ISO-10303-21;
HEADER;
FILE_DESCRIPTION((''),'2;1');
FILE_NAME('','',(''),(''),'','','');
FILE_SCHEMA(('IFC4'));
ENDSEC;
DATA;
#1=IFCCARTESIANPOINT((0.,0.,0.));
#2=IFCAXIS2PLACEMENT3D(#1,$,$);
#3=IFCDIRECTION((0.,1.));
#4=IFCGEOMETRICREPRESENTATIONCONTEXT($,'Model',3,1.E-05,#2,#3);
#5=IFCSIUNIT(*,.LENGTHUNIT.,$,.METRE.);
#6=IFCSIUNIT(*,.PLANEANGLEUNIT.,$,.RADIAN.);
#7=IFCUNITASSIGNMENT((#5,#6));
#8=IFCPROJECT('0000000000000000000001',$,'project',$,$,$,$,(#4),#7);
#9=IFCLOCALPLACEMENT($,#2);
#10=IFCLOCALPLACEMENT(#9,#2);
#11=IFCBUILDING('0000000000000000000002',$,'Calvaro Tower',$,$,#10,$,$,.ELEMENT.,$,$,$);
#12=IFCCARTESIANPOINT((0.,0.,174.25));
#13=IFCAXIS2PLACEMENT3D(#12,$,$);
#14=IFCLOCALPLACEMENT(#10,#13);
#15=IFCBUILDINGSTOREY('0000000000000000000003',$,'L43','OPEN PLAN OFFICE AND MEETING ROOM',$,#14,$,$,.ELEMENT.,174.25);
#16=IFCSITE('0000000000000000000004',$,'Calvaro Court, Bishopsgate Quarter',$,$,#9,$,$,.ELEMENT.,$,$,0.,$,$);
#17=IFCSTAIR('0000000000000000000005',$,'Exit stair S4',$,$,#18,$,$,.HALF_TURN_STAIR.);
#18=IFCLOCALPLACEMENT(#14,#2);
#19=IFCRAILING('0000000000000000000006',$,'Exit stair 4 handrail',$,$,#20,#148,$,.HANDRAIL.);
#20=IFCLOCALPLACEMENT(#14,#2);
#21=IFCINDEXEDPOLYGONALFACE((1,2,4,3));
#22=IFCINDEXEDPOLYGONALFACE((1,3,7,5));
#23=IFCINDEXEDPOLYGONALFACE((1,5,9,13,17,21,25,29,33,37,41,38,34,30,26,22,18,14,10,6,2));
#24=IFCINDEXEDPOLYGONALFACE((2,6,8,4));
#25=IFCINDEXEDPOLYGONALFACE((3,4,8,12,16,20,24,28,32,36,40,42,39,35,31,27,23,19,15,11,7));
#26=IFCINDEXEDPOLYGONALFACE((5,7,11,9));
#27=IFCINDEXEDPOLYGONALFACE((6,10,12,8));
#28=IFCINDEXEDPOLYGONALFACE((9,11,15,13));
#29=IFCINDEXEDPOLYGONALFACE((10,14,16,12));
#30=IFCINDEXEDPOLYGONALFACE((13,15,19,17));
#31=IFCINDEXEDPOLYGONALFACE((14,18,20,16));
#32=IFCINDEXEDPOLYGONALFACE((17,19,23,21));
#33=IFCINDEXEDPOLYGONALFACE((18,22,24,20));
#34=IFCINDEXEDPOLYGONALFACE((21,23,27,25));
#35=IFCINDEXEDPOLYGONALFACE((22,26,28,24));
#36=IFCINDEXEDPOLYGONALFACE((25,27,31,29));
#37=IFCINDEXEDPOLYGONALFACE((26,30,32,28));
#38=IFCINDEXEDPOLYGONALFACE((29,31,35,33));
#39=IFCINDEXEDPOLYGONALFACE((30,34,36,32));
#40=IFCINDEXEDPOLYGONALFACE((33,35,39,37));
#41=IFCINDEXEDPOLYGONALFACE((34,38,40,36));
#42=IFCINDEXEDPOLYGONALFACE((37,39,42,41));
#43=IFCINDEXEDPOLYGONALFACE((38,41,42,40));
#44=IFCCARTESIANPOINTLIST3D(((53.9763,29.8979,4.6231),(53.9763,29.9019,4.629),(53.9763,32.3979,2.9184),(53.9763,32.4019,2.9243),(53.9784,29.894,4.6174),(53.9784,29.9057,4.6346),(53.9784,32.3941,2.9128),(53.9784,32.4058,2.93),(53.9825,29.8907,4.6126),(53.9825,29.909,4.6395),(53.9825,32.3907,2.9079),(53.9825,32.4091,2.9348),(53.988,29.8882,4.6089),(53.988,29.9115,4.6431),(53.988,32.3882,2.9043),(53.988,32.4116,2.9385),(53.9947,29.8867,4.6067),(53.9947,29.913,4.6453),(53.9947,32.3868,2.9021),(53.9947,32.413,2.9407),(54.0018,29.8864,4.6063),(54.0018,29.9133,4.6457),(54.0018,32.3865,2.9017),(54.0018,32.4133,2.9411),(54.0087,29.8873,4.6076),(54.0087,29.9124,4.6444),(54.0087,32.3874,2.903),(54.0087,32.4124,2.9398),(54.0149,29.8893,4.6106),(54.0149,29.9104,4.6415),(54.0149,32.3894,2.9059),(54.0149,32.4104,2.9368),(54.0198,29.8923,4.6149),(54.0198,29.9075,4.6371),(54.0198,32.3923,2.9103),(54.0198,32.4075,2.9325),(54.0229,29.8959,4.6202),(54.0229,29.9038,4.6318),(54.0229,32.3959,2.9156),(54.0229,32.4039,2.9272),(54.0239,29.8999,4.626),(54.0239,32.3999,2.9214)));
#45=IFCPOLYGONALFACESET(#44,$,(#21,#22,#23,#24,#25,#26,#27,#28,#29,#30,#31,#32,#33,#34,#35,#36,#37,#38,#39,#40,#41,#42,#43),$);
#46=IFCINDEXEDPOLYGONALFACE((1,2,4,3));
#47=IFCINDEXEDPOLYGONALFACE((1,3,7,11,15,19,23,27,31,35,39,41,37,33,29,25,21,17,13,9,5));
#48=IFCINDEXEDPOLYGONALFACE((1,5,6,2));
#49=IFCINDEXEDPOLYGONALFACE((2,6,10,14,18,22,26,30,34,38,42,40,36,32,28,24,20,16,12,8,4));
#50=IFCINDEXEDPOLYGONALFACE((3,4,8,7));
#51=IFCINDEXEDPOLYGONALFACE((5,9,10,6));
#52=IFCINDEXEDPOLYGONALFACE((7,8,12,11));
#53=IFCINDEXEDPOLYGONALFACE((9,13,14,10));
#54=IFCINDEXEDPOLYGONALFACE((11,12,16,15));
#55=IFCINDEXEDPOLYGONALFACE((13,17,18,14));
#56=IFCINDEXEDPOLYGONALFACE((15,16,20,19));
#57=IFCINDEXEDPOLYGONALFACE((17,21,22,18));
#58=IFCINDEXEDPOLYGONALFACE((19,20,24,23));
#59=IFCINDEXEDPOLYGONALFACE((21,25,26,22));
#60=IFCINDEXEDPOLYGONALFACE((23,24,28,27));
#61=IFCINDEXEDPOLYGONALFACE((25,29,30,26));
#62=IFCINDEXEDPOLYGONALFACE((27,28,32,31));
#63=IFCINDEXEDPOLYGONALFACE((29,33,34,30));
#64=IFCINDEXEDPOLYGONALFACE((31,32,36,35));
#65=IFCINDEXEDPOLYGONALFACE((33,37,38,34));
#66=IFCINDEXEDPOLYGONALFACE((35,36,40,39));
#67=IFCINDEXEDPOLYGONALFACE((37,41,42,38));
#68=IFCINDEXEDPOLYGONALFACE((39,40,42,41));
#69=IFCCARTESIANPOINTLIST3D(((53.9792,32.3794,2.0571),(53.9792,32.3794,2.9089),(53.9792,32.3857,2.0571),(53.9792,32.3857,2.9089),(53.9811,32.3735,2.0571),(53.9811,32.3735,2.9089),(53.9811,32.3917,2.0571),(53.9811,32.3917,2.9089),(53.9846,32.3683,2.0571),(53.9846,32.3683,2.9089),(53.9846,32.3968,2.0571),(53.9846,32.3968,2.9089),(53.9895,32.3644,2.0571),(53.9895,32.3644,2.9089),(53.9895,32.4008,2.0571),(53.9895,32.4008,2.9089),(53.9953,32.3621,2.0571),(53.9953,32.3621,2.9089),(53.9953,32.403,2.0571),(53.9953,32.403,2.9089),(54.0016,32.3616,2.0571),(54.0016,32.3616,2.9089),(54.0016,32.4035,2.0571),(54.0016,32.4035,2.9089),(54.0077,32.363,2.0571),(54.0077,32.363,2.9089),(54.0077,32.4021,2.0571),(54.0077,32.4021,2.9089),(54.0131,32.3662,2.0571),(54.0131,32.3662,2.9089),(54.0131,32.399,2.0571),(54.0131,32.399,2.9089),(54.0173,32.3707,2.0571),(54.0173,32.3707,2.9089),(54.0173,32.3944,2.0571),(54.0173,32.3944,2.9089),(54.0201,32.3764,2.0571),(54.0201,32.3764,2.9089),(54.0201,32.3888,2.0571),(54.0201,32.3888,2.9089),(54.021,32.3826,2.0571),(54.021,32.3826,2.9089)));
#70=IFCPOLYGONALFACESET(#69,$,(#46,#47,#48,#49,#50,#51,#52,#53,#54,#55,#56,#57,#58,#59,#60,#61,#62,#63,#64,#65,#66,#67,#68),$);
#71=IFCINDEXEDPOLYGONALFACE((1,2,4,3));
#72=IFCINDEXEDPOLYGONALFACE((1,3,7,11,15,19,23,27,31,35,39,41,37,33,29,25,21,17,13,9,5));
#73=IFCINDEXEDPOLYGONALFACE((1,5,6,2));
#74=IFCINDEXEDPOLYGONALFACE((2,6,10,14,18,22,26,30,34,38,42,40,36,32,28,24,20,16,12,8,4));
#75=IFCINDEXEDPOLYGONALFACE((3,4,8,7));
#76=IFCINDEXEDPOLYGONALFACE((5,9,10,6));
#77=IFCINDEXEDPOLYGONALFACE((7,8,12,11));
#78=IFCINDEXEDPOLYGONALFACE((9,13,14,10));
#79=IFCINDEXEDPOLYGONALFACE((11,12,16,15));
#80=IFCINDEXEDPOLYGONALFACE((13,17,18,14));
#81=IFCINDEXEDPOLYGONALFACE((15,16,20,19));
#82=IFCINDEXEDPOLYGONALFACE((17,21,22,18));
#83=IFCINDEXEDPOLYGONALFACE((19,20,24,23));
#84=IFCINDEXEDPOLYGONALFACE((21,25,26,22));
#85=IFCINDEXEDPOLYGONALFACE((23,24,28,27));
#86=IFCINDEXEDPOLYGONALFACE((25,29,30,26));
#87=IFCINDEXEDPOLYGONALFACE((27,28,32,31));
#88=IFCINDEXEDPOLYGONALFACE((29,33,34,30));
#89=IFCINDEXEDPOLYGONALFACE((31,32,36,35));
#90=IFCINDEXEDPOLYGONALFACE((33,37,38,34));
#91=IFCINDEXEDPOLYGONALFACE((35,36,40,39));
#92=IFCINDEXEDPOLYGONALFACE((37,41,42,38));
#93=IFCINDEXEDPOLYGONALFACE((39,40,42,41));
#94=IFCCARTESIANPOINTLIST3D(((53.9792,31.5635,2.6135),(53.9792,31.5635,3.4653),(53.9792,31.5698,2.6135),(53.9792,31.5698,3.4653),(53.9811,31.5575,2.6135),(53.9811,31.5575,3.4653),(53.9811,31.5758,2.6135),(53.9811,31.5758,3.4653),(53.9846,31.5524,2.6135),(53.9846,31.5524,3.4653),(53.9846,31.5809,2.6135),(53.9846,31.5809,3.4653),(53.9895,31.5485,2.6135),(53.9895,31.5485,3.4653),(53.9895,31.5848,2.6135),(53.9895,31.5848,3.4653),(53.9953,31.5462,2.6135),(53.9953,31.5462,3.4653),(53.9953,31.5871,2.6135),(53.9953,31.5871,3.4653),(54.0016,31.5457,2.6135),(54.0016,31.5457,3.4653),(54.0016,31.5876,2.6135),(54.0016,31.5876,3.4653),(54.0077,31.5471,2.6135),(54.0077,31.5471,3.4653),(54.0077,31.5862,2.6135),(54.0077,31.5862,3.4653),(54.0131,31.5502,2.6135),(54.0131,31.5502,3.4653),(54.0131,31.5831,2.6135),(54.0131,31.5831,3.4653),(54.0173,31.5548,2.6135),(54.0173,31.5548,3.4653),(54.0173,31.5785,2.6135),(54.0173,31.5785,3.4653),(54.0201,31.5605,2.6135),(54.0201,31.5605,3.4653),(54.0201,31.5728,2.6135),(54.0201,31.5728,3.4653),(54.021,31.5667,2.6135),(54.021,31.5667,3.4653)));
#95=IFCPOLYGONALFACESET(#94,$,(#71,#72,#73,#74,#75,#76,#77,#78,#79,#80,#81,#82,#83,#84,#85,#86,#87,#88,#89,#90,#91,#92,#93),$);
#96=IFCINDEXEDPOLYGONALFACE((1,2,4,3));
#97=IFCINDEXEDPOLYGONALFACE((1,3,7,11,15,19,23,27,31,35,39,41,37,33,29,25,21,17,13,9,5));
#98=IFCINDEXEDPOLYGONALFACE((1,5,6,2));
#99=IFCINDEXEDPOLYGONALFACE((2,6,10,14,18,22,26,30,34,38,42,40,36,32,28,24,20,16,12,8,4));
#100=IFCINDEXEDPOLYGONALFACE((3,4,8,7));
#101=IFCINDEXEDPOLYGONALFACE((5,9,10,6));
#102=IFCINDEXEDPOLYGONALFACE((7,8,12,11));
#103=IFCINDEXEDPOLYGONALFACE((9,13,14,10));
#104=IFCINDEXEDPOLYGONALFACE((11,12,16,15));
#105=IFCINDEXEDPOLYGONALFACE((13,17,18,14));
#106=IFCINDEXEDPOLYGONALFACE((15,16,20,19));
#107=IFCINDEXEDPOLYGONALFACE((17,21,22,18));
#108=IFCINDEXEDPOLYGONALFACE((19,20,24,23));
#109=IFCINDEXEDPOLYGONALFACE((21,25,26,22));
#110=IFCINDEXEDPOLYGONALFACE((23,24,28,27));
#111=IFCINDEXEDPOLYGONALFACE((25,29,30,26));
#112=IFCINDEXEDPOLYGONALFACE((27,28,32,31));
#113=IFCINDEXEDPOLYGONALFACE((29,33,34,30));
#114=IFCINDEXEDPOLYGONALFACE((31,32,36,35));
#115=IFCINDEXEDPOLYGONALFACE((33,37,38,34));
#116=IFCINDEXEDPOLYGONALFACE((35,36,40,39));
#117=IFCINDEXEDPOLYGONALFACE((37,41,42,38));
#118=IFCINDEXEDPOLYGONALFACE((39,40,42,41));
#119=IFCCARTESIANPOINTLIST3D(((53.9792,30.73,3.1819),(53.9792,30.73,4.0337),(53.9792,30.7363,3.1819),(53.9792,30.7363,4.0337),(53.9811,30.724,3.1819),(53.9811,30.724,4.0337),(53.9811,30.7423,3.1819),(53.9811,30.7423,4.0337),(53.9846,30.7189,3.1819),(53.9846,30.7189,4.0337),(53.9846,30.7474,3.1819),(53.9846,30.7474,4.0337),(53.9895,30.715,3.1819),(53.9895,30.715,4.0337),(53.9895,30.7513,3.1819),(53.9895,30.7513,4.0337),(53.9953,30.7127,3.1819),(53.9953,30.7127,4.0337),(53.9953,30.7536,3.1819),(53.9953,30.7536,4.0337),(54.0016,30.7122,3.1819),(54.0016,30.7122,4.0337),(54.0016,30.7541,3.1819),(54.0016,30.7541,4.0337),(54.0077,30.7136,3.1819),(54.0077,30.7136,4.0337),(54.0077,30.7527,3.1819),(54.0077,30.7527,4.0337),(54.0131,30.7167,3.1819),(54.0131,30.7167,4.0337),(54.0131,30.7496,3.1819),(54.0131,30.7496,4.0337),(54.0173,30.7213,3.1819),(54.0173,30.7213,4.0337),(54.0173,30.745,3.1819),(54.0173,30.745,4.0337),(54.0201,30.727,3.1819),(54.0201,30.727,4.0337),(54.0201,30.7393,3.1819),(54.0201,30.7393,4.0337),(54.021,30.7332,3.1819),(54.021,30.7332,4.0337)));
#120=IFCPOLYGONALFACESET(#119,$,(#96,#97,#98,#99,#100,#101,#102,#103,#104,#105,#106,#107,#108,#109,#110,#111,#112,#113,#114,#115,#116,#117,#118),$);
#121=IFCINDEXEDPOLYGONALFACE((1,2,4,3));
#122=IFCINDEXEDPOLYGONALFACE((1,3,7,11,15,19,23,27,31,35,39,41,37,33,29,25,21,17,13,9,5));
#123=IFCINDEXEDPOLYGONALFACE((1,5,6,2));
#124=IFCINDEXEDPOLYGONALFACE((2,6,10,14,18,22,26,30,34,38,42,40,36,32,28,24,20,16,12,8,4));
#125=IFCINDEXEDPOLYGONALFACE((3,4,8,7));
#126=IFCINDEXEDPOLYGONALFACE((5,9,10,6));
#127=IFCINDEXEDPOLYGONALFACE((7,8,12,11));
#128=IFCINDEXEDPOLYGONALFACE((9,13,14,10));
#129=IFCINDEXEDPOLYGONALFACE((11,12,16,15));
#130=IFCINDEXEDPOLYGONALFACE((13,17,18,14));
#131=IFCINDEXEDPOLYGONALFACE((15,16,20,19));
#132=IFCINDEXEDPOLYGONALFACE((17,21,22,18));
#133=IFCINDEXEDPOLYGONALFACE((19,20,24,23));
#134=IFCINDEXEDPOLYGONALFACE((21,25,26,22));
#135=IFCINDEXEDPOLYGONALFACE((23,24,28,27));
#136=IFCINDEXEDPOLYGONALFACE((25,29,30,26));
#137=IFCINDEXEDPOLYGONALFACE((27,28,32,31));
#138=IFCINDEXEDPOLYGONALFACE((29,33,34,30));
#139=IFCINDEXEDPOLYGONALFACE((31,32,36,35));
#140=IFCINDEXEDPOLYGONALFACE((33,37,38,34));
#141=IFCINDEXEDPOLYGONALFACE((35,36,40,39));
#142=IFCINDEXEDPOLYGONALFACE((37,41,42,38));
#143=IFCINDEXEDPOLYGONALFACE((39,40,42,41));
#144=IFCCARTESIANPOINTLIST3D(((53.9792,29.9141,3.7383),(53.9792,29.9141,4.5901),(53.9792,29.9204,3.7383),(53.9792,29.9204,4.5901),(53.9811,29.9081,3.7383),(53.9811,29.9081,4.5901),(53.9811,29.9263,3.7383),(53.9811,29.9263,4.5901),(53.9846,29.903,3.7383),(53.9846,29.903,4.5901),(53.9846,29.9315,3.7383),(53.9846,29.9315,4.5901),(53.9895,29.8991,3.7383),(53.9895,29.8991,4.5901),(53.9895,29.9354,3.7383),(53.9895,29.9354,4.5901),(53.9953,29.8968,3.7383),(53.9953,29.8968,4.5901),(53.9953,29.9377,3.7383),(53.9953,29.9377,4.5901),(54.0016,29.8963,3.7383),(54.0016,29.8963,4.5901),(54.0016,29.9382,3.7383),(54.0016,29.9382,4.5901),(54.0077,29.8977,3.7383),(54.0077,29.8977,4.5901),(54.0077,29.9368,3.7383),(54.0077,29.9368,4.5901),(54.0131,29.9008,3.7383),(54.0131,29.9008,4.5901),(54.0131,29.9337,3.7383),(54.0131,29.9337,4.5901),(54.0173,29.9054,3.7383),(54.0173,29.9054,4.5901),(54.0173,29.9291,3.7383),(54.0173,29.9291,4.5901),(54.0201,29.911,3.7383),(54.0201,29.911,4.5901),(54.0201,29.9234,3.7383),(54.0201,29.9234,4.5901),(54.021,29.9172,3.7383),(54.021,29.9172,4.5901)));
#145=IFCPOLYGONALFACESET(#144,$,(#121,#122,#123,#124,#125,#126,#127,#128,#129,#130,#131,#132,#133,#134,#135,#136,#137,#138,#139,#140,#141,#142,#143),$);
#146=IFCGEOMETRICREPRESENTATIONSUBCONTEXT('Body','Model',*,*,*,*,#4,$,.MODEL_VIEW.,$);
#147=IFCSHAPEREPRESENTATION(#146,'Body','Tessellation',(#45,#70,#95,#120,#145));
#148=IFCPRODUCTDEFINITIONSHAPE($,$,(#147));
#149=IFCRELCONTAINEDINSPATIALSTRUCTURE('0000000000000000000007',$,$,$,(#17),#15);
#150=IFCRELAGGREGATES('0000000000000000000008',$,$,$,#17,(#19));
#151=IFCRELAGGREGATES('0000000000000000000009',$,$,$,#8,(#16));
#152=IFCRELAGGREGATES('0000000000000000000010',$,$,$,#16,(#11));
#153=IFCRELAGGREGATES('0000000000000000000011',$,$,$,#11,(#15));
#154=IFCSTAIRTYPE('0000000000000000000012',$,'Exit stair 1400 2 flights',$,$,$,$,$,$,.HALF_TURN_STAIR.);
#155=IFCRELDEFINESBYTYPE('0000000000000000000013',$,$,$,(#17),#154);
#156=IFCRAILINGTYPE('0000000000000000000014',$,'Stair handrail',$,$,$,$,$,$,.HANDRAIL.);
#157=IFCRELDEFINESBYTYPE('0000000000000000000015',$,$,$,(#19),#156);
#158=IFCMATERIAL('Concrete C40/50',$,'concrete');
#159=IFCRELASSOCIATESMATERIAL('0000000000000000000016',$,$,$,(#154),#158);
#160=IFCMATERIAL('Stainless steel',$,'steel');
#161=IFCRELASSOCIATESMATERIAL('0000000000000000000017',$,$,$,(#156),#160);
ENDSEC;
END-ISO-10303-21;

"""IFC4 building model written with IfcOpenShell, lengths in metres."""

from ifc_helpers import new_model, si_unit, direction, frame, origin, origin_2d, place, context, subcontext, project, spatial, circle, extrude, material, type_object, element, aggregate, save


model = new_model("IFC4")

# Units and contexts
model_context = context("Model", 3, precision=1e-05, world=origin(), true_north=direction((0.0, 1.0)))
body_context = subcontext(model_context, "Body", "Model", "MODEL_VIEW")
ifc_project = project(units=[si_unit("LENGTHUNIT", "METRE"), si_unit("PLANEANGLEUNIT", "RADIAN")], contexts=[model_context])

# Site, building, storey
site_placement = place(None, origin())
site = spatial("IfcSite", under=ifc_project, at=site_placement, Name="Calvaro Court, Bishopsgate Quarter", CompositionType="ELEMENT", RefElevation=0.0)
building_placement = place(site_placement, origin())
building = spatial("IfcBuilding", under=site, at=building_placement, Name="Calvaro Tower", CompositionType="ELEMENT")
storey_placement = place(building_placement, frame((0.0, 0.0, 174.25)))
storey = spatial("IfcBuildingStorey", under=building, at=storey_placement, Name="L43", Description="OPEN PLAN OFFICE AND MEETING ROOM", CompositionType="ELEMENT", Elevation=174.25)

# Stair
ifc_material_1 = material(Name="Concrete C40/50", Category="concrete")
stair_type = type_object("IfcStairType", Name="Exit stair 1400 2 flights", PredefinedType="HALF_TURN_STAIR", material=ifc_material_1)
stair_1_placement = place(storey_placement, origin())
stair_1 = element("IfcStair", 1, at=stair_1_placement, inside=storey, type_object=stair_type, Name="Exit stair S4", PredefinedType="HALF_TURN_STAIR")

# Railing
ifc_material_2 = material(Name="Stainless steel", Category="steel")
railing_type = type_object("IfcRailingType", Name="Stair handrail", PredefinedType="HANDRAIL", material=ifc_material_2)
railing_1_placement = place(storey_placement, frame((54.0, 32.3999, 2.0454)))
railing_1 = element("IfcRailing", 2, at=railing_1_placement, type_object=railing_type, Name="Exit stair 4 handrail", PredefinedType="HANDRAIL", context=body_context, shape_type="SweptSolid", body=[
    extrude(circle(Radius=0.0239, at=origin_2d()), frame((0.0, 0.0, 0.876), z_axis=(0.0, -0.826221, 0.563347), x_axis=(1.0, 0.0, 0.0)), (0.0, 0.0, 1.0), 3.0259),
    extrude(circle(Radius=0.021, at=origin_2d()), frame((0.0, -0.0173, 0.0117)), (0.0, 0.0, 1.0), 0.8518),
    extrude(circle(Radius=0.021, at=origin_2d()), frame((0.0, -0.8333, 0.5681)), (0.0, 0.0, 1.0), 0.8518),
    extrude(circle(Radius=0.021, at=origin_2d()), frame((0.0, -1.6667, 1.1365)), (0.0, 0.0, 1.0), 0.8518),
    extrude(circle(Radius=0.021, at=origin_2d()), frame((0.0, -2.4827, 1.6929)), (0.0, 0.0, 1.0), 0.8518),
])
aggregate(stair_1, [railing_1])

save(model, "model.ifc")
